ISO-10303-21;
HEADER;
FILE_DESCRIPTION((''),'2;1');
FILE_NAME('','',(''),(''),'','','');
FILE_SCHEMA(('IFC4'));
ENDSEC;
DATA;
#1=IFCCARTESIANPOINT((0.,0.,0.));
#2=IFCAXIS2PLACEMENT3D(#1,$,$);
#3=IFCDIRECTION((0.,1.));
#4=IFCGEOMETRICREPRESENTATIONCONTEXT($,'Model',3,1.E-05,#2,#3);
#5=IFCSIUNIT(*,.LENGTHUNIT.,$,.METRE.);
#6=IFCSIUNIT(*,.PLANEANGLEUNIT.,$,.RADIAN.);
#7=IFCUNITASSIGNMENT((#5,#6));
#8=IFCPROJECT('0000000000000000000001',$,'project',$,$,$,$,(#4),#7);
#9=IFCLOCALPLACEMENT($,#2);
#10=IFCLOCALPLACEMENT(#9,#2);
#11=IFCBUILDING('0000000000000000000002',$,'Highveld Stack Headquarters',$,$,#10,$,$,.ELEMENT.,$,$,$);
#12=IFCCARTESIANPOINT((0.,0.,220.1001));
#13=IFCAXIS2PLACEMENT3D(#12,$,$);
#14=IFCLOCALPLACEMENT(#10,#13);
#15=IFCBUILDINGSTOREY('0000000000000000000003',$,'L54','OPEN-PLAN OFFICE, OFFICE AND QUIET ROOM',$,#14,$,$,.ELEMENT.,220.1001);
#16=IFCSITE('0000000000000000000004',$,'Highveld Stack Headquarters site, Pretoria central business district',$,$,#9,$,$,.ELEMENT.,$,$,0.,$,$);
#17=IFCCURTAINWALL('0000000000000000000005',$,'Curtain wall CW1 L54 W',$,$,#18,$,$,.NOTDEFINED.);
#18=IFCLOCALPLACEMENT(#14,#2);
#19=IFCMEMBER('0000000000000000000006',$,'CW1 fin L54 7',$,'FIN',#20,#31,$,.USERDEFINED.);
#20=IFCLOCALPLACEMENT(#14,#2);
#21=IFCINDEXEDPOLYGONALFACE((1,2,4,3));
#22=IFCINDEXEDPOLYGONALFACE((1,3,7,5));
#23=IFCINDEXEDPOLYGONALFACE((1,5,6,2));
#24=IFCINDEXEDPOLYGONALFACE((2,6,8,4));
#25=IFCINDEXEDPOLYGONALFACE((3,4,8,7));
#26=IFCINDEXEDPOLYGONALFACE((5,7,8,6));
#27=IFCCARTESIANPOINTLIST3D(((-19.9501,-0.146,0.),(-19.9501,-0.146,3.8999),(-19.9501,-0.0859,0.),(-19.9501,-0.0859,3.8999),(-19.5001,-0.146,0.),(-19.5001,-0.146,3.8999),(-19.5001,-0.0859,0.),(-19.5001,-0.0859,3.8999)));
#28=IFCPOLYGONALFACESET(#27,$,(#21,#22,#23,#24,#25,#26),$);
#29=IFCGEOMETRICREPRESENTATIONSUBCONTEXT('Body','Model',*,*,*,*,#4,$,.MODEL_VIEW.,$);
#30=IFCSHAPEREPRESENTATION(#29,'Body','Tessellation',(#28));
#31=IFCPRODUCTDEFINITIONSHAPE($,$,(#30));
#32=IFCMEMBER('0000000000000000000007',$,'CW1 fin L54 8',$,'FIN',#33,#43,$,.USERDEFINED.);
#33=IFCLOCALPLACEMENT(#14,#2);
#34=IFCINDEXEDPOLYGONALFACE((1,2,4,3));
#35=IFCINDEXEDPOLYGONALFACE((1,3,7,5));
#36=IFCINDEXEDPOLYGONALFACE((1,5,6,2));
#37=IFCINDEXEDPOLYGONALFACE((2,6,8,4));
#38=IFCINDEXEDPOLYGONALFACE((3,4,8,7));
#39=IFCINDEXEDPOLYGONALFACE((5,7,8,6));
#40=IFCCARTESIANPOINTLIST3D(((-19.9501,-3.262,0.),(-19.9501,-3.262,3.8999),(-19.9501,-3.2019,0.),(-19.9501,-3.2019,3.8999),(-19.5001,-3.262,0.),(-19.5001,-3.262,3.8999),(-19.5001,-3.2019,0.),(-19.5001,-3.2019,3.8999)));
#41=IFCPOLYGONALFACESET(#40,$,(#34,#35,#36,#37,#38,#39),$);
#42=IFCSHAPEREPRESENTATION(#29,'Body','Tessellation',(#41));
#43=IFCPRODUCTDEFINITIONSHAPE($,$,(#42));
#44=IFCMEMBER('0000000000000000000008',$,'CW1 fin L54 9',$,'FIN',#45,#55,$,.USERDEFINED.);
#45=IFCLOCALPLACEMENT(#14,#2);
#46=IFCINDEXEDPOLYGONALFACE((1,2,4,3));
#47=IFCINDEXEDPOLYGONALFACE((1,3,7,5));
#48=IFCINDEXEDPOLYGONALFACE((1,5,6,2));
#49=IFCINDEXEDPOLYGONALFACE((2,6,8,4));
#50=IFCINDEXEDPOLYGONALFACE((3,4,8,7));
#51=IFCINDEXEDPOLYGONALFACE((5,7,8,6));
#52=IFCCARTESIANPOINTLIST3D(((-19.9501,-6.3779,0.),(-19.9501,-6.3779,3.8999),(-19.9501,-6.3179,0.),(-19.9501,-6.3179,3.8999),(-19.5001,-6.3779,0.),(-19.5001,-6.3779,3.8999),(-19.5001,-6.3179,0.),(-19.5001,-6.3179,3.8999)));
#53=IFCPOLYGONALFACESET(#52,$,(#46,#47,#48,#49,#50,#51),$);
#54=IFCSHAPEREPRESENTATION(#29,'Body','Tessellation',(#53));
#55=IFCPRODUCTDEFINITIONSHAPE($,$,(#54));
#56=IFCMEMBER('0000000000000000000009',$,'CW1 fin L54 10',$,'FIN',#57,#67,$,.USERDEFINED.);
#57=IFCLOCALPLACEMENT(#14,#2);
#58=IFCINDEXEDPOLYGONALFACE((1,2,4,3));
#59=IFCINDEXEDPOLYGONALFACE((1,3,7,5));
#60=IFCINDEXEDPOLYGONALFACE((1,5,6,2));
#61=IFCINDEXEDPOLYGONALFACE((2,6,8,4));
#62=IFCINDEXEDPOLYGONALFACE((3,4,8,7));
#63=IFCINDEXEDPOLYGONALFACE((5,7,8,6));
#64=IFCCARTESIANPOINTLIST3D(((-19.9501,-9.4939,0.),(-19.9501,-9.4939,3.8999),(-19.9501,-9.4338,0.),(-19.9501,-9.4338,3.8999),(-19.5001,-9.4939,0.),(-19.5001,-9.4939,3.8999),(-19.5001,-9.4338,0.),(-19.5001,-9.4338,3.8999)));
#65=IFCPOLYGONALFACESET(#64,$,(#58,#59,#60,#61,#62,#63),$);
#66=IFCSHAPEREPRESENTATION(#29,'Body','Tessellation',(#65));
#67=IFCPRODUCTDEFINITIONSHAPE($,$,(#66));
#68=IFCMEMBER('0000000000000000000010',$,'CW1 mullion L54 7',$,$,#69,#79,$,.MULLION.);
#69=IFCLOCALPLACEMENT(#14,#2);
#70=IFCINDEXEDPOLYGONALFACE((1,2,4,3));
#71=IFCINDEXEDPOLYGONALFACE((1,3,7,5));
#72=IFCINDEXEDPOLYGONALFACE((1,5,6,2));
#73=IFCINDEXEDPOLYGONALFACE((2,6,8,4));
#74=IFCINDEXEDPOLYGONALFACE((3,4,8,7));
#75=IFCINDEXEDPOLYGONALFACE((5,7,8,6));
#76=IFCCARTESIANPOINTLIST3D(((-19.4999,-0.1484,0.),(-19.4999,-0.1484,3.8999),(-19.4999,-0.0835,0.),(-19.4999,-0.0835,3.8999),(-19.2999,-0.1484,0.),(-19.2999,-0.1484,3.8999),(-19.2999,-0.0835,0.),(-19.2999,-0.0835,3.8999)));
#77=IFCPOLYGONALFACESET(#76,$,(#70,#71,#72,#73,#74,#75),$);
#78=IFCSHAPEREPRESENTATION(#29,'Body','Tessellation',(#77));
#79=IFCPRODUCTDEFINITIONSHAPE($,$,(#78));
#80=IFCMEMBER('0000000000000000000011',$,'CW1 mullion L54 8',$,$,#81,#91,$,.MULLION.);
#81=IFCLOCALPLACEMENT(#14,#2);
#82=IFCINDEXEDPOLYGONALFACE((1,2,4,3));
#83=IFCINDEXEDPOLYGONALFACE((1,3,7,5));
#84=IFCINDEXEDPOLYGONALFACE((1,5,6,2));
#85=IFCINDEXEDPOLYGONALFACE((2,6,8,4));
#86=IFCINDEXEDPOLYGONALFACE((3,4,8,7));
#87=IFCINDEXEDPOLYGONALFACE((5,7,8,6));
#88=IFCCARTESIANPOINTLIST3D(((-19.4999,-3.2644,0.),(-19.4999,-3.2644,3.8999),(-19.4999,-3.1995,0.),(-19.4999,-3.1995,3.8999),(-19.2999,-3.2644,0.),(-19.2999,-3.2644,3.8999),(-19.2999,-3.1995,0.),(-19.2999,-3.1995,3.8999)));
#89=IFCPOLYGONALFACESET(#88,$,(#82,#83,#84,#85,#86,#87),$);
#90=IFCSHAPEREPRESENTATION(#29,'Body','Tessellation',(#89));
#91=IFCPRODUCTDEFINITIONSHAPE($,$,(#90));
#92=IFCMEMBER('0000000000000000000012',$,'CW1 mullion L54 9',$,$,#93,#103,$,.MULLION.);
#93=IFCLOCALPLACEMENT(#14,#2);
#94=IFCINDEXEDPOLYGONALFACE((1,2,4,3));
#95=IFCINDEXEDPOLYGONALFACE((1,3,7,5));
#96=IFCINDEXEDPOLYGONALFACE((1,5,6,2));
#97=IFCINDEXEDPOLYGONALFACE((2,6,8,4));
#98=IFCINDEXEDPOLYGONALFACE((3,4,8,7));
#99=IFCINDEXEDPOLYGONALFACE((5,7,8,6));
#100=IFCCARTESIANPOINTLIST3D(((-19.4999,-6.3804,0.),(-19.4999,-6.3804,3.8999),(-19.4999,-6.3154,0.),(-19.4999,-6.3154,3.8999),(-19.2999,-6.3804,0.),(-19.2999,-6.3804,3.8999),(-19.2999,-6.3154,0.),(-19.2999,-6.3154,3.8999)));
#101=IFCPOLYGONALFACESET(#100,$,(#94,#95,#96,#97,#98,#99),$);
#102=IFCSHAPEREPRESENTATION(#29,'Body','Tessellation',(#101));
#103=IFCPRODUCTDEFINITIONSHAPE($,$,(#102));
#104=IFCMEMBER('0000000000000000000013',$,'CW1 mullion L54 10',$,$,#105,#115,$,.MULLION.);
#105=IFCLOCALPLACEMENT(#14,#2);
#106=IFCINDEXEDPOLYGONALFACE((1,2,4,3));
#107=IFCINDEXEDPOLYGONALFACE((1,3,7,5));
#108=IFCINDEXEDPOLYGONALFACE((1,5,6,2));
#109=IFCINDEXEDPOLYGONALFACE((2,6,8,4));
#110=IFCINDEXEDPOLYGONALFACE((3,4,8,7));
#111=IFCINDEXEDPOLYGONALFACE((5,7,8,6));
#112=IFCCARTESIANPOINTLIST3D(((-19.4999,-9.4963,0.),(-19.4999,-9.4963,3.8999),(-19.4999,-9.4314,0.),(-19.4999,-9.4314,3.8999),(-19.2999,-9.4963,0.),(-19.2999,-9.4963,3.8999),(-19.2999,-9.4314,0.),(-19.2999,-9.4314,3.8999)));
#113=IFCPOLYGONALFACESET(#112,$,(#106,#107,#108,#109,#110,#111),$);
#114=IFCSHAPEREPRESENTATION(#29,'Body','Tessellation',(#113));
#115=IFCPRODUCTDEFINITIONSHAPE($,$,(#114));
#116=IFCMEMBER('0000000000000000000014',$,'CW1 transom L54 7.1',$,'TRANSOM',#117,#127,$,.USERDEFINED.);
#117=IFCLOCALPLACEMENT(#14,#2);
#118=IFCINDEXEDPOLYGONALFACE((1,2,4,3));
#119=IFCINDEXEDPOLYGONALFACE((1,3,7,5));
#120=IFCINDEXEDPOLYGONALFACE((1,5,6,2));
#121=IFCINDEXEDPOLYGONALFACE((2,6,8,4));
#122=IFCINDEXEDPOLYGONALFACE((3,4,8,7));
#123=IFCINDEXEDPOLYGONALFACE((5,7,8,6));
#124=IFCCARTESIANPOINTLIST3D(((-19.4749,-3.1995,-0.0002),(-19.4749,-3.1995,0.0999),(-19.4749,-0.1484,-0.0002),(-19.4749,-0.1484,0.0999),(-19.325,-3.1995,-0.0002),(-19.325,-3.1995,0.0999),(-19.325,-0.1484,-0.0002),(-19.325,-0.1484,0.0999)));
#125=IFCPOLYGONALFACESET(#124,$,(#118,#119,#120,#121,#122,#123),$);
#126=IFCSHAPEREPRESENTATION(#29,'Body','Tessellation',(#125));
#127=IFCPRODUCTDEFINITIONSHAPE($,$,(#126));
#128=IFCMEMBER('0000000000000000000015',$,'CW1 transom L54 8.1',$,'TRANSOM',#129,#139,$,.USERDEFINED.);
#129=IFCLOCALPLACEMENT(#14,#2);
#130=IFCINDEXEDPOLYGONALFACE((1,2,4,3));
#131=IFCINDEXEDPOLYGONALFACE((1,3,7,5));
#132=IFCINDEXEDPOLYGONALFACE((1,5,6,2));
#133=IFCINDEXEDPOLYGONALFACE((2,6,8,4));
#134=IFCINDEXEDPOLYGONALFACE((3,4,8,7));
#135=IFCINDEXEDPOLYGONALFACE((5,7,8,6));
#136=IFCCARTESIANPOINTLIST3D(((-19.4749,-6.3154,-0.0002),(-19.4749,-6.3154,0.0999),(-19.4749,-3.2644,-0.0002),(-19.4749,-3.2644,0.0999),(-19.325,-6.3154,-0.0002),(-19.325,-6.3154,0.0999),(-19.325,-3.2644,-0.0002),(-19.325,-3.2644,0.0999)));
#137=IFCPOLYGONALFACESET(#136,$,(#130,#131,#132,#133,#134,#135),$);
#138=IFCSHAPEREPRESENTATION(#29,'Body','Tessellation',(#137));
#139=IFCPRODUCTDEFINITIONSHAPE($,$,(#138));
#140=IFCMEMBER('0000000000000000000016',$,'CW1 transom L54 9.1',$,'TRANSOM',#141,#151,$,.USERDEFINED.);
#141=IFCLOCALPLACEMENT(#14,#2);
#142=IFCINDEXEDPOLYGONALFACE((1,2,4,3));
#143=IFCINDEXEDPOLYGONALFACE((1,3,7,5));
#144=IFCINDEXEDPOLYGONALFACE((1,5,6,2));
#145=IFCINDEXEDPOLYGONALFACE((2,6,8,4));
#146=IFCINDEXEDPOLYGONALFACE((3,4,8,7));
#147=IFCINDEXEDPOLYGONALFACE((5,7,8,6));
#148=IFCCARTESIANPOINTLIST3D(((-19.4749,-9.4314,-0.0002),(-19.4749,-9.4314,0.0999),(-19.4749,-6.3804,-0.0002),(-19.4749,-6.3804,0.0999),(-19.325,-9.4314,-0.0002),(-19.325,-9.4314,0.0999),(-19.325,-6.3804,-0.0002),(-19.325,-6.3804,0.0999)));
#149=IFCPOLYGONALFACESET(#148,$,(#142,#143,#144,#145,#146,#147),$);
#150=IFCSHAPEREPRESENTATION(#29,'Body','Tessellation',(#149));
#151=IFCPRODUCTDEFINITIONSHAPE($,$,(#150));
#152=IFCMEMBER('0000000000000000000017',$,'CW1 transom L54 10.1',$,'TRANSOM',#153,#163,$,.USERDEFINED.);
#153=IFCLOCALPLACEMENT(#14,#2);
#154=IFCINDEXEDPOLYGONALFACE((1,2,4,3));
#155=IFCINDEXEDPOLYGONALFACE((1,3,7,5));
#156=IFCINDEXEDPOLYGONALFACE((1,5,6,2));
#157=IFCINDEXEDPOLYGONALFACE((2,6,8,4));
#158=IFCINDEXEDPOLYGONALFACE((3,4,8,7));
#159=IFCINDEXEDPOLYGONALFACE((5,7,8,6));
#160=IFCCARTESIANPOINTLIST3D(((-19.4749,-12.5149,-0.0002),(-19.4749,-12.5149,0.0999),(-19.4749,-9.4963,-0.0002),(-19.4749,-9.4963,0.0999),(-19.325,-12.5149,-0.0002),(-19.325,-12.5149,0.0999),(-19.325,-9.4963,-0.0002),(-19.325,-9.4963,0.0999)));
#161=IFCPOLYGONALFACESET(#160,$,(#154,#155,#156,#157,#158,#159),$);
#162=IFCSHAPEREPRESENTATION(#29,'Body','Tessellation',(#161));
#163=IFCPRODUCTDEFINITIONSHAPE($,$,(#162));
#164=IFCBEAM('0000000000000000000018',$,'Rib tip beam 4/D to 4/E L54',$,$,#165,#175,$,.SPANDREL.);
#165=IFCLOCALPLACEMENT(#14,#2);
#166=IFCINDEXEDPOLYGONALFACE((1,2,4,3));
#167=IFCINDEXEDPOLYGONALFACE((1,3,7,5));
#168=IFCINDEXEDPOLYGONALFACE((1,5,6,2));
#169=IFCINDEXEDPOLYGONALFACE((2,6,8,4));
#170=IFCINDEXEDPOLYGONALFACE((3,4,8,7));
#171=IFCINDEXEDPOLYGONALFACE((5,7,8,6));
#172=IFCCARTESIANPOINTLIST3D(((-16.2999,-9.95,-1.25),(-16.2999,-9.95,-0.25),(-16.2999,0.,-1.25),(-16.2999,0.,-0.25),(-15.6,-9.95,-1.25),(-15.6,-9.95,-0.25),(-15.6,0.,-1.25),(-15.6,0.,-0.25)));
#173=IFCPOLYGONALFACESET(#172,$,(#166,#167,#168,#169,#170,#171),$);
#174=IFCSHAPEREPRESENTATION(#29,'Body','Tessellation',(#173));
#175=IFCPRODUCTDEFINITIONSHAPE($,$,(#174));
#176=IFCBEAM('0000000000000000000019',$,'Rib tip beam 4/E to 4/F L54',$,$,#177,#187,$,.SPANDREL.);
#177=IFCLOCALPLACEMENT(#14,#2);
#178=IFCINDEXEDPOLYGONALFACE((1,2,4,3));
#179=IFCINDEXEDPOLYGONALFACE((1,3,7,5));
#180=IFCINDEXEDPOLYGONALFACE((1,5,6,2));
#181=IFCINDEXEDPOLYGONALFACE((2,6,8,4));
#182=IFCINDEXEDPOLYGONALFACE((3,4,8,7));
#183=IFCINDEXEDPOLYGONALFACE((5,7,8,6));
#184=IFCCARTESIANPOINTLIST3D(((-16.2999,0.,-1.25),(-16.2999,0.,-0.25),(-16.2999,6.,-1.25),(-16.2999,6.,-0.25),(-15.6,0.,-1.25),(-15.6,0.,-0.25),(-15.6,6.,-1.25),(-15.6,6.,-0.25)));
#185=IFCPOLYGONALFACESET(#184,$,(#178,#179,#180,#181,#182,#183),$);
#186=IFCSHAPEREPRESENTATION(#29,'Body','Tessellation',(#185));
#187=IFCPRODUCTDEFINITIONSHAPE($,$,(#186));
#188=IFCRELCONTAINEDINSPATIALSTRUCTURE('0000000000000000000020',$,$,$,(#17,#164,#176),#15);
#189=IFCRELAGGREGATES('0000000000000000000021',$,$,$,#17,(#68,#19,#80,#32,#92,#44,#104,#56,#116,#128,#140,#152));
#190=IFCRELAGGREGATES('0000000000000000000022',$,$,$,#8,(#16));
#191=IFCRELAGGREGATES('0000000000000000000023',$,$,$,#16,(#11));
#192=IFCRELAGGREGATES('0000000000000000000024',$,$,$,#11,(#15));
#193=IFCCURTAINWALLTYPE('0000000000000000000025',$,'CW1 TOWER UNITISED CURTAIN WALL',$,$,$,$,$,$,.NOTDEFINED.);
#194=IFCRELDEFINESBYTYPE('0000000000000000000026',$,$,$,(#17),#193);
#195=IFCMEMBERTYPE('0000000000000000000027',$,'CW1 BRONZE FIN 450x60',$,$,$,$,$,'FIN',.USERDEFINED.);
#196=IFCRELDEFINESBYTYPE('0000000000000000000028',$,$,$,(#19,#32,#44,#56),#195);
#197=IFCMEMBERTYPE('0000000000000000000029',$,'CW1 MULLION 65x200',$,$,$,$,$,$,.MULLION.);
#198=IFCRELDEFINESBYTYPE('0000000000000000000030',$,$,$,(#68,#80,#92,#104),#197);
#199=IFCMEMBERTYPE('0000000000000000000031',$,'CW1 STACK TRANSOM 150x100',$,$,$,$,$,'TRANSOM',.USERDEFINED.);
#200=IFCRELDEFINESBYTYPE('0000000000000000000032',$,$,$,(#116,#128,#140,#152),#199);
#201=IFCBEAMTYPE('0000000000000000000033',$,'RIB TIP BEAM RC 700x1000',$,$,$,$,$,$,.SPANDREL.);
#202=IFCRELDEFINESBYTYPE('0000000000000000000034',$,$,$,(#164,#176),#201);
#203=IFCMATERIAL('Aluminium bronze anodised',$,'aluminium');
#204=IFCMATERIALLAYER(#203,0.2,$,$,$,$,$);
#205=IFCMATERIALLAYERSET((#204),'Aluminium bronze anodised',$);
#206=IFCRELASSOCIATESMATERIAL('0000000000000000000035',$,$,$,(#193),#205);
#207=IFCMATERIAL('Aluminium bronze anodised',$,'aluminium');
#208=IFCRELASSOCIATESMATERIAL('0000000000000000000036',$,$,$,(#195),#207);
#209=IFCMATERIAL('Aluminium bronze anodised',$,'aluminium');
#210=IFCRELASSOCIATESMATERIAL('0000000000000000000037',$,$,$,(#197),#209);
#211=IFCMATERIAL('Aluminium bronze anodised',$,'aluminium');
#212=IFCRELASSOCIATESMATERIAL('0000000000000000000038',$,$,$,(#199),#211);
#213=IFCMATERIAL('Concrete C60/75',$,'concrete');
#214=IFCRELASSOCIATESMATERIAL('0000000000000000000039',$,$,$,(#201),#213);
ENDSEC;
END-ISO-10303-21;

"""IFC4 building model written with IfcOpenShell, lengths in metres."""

from ifc_helpers import new_model, si_unit, direction, frame, origin, origin_2d, place, context, subcontext, project, spatial, rectangle, extrude, material, layer, layer_set, material_profile, profile_set, type_object, element, aggregate, save


model = new_model("IFC4")

# Units and contexts
model_context = context("Model", 3, precision=1e-05, world=origin(), true_north=direction((0.0, 1.0)))
body_context = subcontext(model_context, "Body", "Model", "MODEL_VIEW")
ifc_project = project(units=[si_unit("LENGTHUNIT", "METRE"), si_unit("PLANEANGLEUNIT", "RADIAN")], contexts=[model_context])

# Site, building, storey
site_placement = place(None, origin())
site = spatial("IfcSite", under=ifc_project, at=site_placement, Name="Highveld Stack Headquarters site, Pretoria central business district", CompositionType="ELEMENT", RefElevation=0.0)
building_placement = place(site_placement, origin())
building = spatial("IfcBuilding", under=site, at=building_placement, Name="Highveld Stack Headquarters", CompositionType="ELEMENT")
storey_placement = place(building_placement, frame((0.0, 0.0, 220.1001)))
storey = spatial("IfcBuildingStorey", under=building, at=storey_placement, Name="L54", Description="OPEN-PLAN OFFICE, OFFICE AND QUIET ROOM", CompositionType="ELEMENT", Elevation=220.1001)

# Curtain wall, members
ifc_material_1 = material(Name="Aluminium bronze anodised", Category="aluminium")
ifc_layer_1 = layer(ifc_material_1, 0.2)
ifc_layer_set_1 = layer_set([ifc_layer_1], Name="Aluminium bronze anodised")
curtain_wall_type = type_object("IfcCurtainWallType", Name="CW1 TOWER UNITISED CURTAIN WALL", PredefinedType="NOTDEFINED", material=ifc_layer_set_1)
curtain_wall_placement = place(storey_placement, origin())
curtain_wall = element("IfcCurtainWall", 1, at=curtain_wall_placement, inside=storey, type_object=curtain_wall_type, Name="Curtain wall CW1 L54 W", PredefinedType="NOTDEFINED")
ifc_material_2 = material(Name="Aluminium bronze anodised", Category="aluminium")
ifc_material_profile_1 = material_profile(ifc_material_2, rectangle(XDim=0.45, YDim=0.0601, at=origin_2d()), Name="FIN 450x60")
ifc_profile_set_1 = profile_set([ifc_material_profile_1], Name="Aluminium bronze anodised")
member_type_1 = type_object("IfcMemberType", Name="CW1 BRONZE FIN 450x60", ElementType="FIN", PredefinedType="USERDEFINED", material=ifc_profile_set_1)
member_1_placement = place(storey_placement, frame((-19.7251, -0.116, 0.0), z_axis=(0.0, 0.0, 1.0), x_axis=(1.0, 0.0, 0.0)))
member_1 = element("IfcMember", 2, at=member_1_placement, type_object=member_type_1, Name="CW1 fin L54 7", ObjectType="FIN", PredefinedType="USERDEFINED", context=body_context, shape_type="SweptSolid", body=[
    extrude(rectangle(XDim=0.45, YDim=0.0601, at=origin_2d()), origin(), (0.0, 0.0, 1.0), 3.8999),
])
member_2_placement = place(storey_placement, frame((-19.7251, -3.2319, 0.0), z_axis=(0.0, 0.0, 1.0), x_axis=(1.0, 0.0, 0.0)))
member_2 = element("IfcMember", 3, at=member_2_placement, type_object=member_type_1, Name="CW1 fin L54 8", ObjectType="FIN", PredefinedType="USERDEFINED", context=body_context, shape_type="SweptSolid", body=[
    extrude(rectangle(XDim=0.45, YDim=0.0601, at=origin_2d()), origin(), (0.0, 0.0, 1.0), 3.8999),
])
member_3_placement = place(storey_placement, frame((-19.7251, -6.3479, 0.0), z_axis=(0.0, 0.0, 1.0), x_axis=(1.0, 0.0, 0.0)))
member_3 = element("IfcMember", 4, at=member_3_placement, type_object=member_type_1, Name="CW1 fin L54 9", ObjectType="FIN", PredefinedType="USERDEFINED", context=body_context, shape_type="SweptSolid", body=[
    extrude(rectangle(XDim=0.45, YDim=0.0601, at=origin_2d()), origin(), (0.0, 0.0, 1.0), 3.8999),
])
member_4_placement = place(storey_placement, frame((-19.7251, -9.4639, 0.0), z_axis=(0.0, 0.0, 1.0), x_axis=(1.0, 0.0, 0.0)))
member_4 = element("IfcMember", 5, at=member_4_placement, type_object=member_type_1, Name="CW1 fin L54 10", ObjectType="FIN", PredefinedType="USERDEFINED", context=body_context, shape_type="SweptSolid", body=[
    extrude(rectangle(XDim=0.45, YDim=0.0601, at=origin_2d()), origin(), (0.0, 0.0, 1.0), 3.8999),
])
ifc_material_3 = material(Name="Aluminium bronze anodised", Category="aluminium")
ifc_material_profile_2 = material_profile(ifc_material_3, rectangle(XDim=0.2, YDim=0.0649, at=origin_2d()), Name="CW1 MULLION 65x200")
ifc_profile_set_2 = profile_set([ifc_material_profile_2], Name="Aluminium bronze anodised")
member_type_2 = type_object("IfcMemberType", Name="CW1 MULLION 65x200", PredefinedType="MULLION", material=ifc_profile_set_2)
member_5_placement = place(storey_placement, frame((-19.3999, -0.116, 0.0), z_axis=(0.0, 0.0, 1.0), x_axis=(1.0, 0.0, 0.0)))
member_5 = element("IfcMember", 6, at=member_5_placement, type_object=member_type_2, Name="CW1 mullion L54 7", PredefinedType="MULLION", context=body_context, shape_type="SweptSolid", body=[
    extrude(rectangle(XDim=0.2, YDim=0.0649, at=origin_2d()), origin(), (0.0, 0.0, 1.0), 3.8999),
])
member_6_placement = place(storey_placement, frame((-19.3999, -3.2319, 0.0), z_axis=(0.0, 0.0, 1.0), x_axis=(1.0, 0.0, 0.0)))
member_6 = element("IfcMember", 7, at=member_6_placement, type_object=member_type_2, Name="CW1 mullion L54 8", PredefinedType="MULLION", context=body_context, shape_type="SweptSolid", body=[
    extrude(rectangle(XDim=0.2, YDim=0.0649, at=origin_2d()), origin(), (0.0, 0.0, 1.0), 3.8999),
])
member_7_placement = place(storey_placement, frame((-19.3999, -6.3479, 0.0), z_axis=(0.0, 0.0, 1.0), x_axis=(1.0, 0.0, 0.0)))
member_7 = element("IfcMember", 8, at=member_7_placement, type_object=member_type_2, Name="CW1 mullion L54 9", PredefinedType="MULLION", context=body_context, shape_type="SweptSolid", body=[
    extrude(rectangle(XDim=0.2, YDim=0.0649, at=origin_2d()), origin(), (0.0, 0.0, 1.0), 3.8999),
])
member_8_placement = place(storey_placement, frame((-19.3999, -9.4639, 0.0), z_axis=(0.0, 0.0, 1.0), x_axis=(1.0, 0.0, 0.0)))
member_8 = element("IfcMember", 9, at=member_8_placement, type_object=member_type_2, Name="CW1 mullion L54 10", PredefinedType="MULLION", context=body_context, shape_type="SweptSolid", body=[
    extrude(rectangle(XDim=0.2, YDim=0.0649, at=origin_2d()), origin(), (0.0, 0.0, 1.0), 3.8999),
])
ifc_material_4 = material(Name="Aluminium bronze anodised", Category="aluminium")
ifc_material_profile_3 = material_profile(ifc_material_4, rectangle(XDim=0.1499, YDim=0.1001, at=origin_2d()), Name="CW1 TRANSOM 150x100")
ifc_profile_set_3 = profile_set([ifc_material_profile_3], Name="Aluminium bronze anodised")
member_type_3 = type_object("IfcMemberType", Name="CW1 STACK TRANSOM 150x100", ElementType="TRANSOM", PredefinedType="USERDEFINED", material=ifc_profile_set_3)
member_9_placement = place(storey_placement, frame((-19.3999, -0.1484, 0.0498), z_axis=(0.0, -1.0, 0.0), x_axis=(1.0, 0.0, 0.0)))
member_9 = element("IfcMember", 10, at=member_9_placement, type_object=member_type_3, Name="CW1 transom L54 7.1", ObjectType="TRANSOM", PredefinedType="USERDEFINED", context=body_context, shape_type="SweptSolid", body=[
    extrude(rectangle(XDim=0.1499, YDim=0.1001, at=origin_2d()), origin(), (0.0, 0.0, 1.0), 3.051),
])
member_10_placement = place(storey_placement, frame((-19.3999, -3.2644, 0.0498), z_axis=(0.0, -1.0, 0.0), x_axis=(1.0, 0.0, 0.0)))
member_10 = element("IfcMember", 11, at=member_10_placement, type_object=member_type_3, Name="CW1 transom L54 8.1", ObjectType="TRANSOM", PredefinedType="USERDEFINED", context=body_context, shape_type="SweptSolid", body=[
    extrude(rectangle(XDim=0.1499, YDim=0.1001, at=origin_2d()), origin(), (0.0, 0.0, 1.0), 3.051),
])
member_11_placement = place(storey_placement, frame((-19.3999, -6.3804, 0.0498), z_axis=(0.0, -1.0, 0.0), x_axis=(1.0, 0.0, 0.0)))
member_11 = element("IfcMember", 12, at=member_11_placement, type_object=member_type_3, Name="CW1 transom L54 9.1", ObjectType="TRANSOM", PredefinedType="USERDEFINED", context=body_context, shape_type="SweptSolid", body=[
    extrude(rectangle(XDim=0.1499, YDim=0.1001, at=origin_2d()), origin(), (0.0, 0.0, 1.0), 3.051),
])
member_12_placement = place(storey_placement, frame((-19.3999, -9.4963, 0.0498), z_axis=(0.0, -1.0, 0.0), x_axis=(1.0, 0.0, 0.0)))
member_12 = element("IfcMember", 13, at=member_12_placement, type_object=member_type_3, Name="CW1 transom L54 10.1", ObjectType="TRANSOM", PredefinedType="USERDEFINED", context=body_context, shape_type="SweptSolid", body=[
    extrude(rectangle(XDim=0.1499, YDim=0.1001, at=origin_2d()), origin(), (0.0, 0.0, 1.0), 3.0186),
])

# Beams
ifc_material_5 = material(Name="Concrete C60/75", Category="concrete")
ifc_material_profile_4 = material_profile(ifc_material_5, rectangle(XDim=0.7, YDim=1.0, at=origin_2d()), Name="RC 700x1000")
ifc_profile_set_4 = profile_set([ifc_material_profile_4], Name="Concrete C60/75")
beam_type = type_object("IfcBeamType", Name="RIB TIP BEAM RC 700x1000", PredefinedType="SPANDREL", material=ifc_profile_set_4)
beam_1_placement = place(storey_placement, frame((-15.95, -9.95, -0.75), z_axis=(0.0, 1.0, 0.0), x_axis=(-1.0, 0.0, 0.0)))
element("IfcBeam", 14, at=beam_1_placement, inside=storey, type_object=beam_type, Name="Rib tip beam 4/D to 4/E L54", PredefinedType="SPANDREL", context=body_context, shape_type="SweptSolid", body=[
    extrude(rectangle(XDim=0.7, YDim=1.0, at=origin_2d()), origin(), (0.0, 0.0, 1.0), 9.95),
])
beam_2_placement = place(storey_placement, frame((-15.95, 0.0, -0.75), z_axis=(0.0, 1.0, 0.0), x_axis=(-1.0, 0.0, 0.0)))
element("IfcBeam", 15, at=beam_2_placement, inside=storey, type_object=beam_type, Name="Rib tip beam 4/E to 4/F L54", PredefinedType="SPANDREL", context=body_context, shape_type="SweptSolid", body=[
    extrude(rectangle(XDim=0.7, YDim=1.0, at=origin_2d()), origin(), (0.0, 0.0, 1.0), 6.0),
])

aggregate(curtain_wall, [member_5, member_1, member_6, member_2, member_7, member_3, member_8, member_4, member_9, member_10, member_11, member_12])

save(model, "model.ifc")
